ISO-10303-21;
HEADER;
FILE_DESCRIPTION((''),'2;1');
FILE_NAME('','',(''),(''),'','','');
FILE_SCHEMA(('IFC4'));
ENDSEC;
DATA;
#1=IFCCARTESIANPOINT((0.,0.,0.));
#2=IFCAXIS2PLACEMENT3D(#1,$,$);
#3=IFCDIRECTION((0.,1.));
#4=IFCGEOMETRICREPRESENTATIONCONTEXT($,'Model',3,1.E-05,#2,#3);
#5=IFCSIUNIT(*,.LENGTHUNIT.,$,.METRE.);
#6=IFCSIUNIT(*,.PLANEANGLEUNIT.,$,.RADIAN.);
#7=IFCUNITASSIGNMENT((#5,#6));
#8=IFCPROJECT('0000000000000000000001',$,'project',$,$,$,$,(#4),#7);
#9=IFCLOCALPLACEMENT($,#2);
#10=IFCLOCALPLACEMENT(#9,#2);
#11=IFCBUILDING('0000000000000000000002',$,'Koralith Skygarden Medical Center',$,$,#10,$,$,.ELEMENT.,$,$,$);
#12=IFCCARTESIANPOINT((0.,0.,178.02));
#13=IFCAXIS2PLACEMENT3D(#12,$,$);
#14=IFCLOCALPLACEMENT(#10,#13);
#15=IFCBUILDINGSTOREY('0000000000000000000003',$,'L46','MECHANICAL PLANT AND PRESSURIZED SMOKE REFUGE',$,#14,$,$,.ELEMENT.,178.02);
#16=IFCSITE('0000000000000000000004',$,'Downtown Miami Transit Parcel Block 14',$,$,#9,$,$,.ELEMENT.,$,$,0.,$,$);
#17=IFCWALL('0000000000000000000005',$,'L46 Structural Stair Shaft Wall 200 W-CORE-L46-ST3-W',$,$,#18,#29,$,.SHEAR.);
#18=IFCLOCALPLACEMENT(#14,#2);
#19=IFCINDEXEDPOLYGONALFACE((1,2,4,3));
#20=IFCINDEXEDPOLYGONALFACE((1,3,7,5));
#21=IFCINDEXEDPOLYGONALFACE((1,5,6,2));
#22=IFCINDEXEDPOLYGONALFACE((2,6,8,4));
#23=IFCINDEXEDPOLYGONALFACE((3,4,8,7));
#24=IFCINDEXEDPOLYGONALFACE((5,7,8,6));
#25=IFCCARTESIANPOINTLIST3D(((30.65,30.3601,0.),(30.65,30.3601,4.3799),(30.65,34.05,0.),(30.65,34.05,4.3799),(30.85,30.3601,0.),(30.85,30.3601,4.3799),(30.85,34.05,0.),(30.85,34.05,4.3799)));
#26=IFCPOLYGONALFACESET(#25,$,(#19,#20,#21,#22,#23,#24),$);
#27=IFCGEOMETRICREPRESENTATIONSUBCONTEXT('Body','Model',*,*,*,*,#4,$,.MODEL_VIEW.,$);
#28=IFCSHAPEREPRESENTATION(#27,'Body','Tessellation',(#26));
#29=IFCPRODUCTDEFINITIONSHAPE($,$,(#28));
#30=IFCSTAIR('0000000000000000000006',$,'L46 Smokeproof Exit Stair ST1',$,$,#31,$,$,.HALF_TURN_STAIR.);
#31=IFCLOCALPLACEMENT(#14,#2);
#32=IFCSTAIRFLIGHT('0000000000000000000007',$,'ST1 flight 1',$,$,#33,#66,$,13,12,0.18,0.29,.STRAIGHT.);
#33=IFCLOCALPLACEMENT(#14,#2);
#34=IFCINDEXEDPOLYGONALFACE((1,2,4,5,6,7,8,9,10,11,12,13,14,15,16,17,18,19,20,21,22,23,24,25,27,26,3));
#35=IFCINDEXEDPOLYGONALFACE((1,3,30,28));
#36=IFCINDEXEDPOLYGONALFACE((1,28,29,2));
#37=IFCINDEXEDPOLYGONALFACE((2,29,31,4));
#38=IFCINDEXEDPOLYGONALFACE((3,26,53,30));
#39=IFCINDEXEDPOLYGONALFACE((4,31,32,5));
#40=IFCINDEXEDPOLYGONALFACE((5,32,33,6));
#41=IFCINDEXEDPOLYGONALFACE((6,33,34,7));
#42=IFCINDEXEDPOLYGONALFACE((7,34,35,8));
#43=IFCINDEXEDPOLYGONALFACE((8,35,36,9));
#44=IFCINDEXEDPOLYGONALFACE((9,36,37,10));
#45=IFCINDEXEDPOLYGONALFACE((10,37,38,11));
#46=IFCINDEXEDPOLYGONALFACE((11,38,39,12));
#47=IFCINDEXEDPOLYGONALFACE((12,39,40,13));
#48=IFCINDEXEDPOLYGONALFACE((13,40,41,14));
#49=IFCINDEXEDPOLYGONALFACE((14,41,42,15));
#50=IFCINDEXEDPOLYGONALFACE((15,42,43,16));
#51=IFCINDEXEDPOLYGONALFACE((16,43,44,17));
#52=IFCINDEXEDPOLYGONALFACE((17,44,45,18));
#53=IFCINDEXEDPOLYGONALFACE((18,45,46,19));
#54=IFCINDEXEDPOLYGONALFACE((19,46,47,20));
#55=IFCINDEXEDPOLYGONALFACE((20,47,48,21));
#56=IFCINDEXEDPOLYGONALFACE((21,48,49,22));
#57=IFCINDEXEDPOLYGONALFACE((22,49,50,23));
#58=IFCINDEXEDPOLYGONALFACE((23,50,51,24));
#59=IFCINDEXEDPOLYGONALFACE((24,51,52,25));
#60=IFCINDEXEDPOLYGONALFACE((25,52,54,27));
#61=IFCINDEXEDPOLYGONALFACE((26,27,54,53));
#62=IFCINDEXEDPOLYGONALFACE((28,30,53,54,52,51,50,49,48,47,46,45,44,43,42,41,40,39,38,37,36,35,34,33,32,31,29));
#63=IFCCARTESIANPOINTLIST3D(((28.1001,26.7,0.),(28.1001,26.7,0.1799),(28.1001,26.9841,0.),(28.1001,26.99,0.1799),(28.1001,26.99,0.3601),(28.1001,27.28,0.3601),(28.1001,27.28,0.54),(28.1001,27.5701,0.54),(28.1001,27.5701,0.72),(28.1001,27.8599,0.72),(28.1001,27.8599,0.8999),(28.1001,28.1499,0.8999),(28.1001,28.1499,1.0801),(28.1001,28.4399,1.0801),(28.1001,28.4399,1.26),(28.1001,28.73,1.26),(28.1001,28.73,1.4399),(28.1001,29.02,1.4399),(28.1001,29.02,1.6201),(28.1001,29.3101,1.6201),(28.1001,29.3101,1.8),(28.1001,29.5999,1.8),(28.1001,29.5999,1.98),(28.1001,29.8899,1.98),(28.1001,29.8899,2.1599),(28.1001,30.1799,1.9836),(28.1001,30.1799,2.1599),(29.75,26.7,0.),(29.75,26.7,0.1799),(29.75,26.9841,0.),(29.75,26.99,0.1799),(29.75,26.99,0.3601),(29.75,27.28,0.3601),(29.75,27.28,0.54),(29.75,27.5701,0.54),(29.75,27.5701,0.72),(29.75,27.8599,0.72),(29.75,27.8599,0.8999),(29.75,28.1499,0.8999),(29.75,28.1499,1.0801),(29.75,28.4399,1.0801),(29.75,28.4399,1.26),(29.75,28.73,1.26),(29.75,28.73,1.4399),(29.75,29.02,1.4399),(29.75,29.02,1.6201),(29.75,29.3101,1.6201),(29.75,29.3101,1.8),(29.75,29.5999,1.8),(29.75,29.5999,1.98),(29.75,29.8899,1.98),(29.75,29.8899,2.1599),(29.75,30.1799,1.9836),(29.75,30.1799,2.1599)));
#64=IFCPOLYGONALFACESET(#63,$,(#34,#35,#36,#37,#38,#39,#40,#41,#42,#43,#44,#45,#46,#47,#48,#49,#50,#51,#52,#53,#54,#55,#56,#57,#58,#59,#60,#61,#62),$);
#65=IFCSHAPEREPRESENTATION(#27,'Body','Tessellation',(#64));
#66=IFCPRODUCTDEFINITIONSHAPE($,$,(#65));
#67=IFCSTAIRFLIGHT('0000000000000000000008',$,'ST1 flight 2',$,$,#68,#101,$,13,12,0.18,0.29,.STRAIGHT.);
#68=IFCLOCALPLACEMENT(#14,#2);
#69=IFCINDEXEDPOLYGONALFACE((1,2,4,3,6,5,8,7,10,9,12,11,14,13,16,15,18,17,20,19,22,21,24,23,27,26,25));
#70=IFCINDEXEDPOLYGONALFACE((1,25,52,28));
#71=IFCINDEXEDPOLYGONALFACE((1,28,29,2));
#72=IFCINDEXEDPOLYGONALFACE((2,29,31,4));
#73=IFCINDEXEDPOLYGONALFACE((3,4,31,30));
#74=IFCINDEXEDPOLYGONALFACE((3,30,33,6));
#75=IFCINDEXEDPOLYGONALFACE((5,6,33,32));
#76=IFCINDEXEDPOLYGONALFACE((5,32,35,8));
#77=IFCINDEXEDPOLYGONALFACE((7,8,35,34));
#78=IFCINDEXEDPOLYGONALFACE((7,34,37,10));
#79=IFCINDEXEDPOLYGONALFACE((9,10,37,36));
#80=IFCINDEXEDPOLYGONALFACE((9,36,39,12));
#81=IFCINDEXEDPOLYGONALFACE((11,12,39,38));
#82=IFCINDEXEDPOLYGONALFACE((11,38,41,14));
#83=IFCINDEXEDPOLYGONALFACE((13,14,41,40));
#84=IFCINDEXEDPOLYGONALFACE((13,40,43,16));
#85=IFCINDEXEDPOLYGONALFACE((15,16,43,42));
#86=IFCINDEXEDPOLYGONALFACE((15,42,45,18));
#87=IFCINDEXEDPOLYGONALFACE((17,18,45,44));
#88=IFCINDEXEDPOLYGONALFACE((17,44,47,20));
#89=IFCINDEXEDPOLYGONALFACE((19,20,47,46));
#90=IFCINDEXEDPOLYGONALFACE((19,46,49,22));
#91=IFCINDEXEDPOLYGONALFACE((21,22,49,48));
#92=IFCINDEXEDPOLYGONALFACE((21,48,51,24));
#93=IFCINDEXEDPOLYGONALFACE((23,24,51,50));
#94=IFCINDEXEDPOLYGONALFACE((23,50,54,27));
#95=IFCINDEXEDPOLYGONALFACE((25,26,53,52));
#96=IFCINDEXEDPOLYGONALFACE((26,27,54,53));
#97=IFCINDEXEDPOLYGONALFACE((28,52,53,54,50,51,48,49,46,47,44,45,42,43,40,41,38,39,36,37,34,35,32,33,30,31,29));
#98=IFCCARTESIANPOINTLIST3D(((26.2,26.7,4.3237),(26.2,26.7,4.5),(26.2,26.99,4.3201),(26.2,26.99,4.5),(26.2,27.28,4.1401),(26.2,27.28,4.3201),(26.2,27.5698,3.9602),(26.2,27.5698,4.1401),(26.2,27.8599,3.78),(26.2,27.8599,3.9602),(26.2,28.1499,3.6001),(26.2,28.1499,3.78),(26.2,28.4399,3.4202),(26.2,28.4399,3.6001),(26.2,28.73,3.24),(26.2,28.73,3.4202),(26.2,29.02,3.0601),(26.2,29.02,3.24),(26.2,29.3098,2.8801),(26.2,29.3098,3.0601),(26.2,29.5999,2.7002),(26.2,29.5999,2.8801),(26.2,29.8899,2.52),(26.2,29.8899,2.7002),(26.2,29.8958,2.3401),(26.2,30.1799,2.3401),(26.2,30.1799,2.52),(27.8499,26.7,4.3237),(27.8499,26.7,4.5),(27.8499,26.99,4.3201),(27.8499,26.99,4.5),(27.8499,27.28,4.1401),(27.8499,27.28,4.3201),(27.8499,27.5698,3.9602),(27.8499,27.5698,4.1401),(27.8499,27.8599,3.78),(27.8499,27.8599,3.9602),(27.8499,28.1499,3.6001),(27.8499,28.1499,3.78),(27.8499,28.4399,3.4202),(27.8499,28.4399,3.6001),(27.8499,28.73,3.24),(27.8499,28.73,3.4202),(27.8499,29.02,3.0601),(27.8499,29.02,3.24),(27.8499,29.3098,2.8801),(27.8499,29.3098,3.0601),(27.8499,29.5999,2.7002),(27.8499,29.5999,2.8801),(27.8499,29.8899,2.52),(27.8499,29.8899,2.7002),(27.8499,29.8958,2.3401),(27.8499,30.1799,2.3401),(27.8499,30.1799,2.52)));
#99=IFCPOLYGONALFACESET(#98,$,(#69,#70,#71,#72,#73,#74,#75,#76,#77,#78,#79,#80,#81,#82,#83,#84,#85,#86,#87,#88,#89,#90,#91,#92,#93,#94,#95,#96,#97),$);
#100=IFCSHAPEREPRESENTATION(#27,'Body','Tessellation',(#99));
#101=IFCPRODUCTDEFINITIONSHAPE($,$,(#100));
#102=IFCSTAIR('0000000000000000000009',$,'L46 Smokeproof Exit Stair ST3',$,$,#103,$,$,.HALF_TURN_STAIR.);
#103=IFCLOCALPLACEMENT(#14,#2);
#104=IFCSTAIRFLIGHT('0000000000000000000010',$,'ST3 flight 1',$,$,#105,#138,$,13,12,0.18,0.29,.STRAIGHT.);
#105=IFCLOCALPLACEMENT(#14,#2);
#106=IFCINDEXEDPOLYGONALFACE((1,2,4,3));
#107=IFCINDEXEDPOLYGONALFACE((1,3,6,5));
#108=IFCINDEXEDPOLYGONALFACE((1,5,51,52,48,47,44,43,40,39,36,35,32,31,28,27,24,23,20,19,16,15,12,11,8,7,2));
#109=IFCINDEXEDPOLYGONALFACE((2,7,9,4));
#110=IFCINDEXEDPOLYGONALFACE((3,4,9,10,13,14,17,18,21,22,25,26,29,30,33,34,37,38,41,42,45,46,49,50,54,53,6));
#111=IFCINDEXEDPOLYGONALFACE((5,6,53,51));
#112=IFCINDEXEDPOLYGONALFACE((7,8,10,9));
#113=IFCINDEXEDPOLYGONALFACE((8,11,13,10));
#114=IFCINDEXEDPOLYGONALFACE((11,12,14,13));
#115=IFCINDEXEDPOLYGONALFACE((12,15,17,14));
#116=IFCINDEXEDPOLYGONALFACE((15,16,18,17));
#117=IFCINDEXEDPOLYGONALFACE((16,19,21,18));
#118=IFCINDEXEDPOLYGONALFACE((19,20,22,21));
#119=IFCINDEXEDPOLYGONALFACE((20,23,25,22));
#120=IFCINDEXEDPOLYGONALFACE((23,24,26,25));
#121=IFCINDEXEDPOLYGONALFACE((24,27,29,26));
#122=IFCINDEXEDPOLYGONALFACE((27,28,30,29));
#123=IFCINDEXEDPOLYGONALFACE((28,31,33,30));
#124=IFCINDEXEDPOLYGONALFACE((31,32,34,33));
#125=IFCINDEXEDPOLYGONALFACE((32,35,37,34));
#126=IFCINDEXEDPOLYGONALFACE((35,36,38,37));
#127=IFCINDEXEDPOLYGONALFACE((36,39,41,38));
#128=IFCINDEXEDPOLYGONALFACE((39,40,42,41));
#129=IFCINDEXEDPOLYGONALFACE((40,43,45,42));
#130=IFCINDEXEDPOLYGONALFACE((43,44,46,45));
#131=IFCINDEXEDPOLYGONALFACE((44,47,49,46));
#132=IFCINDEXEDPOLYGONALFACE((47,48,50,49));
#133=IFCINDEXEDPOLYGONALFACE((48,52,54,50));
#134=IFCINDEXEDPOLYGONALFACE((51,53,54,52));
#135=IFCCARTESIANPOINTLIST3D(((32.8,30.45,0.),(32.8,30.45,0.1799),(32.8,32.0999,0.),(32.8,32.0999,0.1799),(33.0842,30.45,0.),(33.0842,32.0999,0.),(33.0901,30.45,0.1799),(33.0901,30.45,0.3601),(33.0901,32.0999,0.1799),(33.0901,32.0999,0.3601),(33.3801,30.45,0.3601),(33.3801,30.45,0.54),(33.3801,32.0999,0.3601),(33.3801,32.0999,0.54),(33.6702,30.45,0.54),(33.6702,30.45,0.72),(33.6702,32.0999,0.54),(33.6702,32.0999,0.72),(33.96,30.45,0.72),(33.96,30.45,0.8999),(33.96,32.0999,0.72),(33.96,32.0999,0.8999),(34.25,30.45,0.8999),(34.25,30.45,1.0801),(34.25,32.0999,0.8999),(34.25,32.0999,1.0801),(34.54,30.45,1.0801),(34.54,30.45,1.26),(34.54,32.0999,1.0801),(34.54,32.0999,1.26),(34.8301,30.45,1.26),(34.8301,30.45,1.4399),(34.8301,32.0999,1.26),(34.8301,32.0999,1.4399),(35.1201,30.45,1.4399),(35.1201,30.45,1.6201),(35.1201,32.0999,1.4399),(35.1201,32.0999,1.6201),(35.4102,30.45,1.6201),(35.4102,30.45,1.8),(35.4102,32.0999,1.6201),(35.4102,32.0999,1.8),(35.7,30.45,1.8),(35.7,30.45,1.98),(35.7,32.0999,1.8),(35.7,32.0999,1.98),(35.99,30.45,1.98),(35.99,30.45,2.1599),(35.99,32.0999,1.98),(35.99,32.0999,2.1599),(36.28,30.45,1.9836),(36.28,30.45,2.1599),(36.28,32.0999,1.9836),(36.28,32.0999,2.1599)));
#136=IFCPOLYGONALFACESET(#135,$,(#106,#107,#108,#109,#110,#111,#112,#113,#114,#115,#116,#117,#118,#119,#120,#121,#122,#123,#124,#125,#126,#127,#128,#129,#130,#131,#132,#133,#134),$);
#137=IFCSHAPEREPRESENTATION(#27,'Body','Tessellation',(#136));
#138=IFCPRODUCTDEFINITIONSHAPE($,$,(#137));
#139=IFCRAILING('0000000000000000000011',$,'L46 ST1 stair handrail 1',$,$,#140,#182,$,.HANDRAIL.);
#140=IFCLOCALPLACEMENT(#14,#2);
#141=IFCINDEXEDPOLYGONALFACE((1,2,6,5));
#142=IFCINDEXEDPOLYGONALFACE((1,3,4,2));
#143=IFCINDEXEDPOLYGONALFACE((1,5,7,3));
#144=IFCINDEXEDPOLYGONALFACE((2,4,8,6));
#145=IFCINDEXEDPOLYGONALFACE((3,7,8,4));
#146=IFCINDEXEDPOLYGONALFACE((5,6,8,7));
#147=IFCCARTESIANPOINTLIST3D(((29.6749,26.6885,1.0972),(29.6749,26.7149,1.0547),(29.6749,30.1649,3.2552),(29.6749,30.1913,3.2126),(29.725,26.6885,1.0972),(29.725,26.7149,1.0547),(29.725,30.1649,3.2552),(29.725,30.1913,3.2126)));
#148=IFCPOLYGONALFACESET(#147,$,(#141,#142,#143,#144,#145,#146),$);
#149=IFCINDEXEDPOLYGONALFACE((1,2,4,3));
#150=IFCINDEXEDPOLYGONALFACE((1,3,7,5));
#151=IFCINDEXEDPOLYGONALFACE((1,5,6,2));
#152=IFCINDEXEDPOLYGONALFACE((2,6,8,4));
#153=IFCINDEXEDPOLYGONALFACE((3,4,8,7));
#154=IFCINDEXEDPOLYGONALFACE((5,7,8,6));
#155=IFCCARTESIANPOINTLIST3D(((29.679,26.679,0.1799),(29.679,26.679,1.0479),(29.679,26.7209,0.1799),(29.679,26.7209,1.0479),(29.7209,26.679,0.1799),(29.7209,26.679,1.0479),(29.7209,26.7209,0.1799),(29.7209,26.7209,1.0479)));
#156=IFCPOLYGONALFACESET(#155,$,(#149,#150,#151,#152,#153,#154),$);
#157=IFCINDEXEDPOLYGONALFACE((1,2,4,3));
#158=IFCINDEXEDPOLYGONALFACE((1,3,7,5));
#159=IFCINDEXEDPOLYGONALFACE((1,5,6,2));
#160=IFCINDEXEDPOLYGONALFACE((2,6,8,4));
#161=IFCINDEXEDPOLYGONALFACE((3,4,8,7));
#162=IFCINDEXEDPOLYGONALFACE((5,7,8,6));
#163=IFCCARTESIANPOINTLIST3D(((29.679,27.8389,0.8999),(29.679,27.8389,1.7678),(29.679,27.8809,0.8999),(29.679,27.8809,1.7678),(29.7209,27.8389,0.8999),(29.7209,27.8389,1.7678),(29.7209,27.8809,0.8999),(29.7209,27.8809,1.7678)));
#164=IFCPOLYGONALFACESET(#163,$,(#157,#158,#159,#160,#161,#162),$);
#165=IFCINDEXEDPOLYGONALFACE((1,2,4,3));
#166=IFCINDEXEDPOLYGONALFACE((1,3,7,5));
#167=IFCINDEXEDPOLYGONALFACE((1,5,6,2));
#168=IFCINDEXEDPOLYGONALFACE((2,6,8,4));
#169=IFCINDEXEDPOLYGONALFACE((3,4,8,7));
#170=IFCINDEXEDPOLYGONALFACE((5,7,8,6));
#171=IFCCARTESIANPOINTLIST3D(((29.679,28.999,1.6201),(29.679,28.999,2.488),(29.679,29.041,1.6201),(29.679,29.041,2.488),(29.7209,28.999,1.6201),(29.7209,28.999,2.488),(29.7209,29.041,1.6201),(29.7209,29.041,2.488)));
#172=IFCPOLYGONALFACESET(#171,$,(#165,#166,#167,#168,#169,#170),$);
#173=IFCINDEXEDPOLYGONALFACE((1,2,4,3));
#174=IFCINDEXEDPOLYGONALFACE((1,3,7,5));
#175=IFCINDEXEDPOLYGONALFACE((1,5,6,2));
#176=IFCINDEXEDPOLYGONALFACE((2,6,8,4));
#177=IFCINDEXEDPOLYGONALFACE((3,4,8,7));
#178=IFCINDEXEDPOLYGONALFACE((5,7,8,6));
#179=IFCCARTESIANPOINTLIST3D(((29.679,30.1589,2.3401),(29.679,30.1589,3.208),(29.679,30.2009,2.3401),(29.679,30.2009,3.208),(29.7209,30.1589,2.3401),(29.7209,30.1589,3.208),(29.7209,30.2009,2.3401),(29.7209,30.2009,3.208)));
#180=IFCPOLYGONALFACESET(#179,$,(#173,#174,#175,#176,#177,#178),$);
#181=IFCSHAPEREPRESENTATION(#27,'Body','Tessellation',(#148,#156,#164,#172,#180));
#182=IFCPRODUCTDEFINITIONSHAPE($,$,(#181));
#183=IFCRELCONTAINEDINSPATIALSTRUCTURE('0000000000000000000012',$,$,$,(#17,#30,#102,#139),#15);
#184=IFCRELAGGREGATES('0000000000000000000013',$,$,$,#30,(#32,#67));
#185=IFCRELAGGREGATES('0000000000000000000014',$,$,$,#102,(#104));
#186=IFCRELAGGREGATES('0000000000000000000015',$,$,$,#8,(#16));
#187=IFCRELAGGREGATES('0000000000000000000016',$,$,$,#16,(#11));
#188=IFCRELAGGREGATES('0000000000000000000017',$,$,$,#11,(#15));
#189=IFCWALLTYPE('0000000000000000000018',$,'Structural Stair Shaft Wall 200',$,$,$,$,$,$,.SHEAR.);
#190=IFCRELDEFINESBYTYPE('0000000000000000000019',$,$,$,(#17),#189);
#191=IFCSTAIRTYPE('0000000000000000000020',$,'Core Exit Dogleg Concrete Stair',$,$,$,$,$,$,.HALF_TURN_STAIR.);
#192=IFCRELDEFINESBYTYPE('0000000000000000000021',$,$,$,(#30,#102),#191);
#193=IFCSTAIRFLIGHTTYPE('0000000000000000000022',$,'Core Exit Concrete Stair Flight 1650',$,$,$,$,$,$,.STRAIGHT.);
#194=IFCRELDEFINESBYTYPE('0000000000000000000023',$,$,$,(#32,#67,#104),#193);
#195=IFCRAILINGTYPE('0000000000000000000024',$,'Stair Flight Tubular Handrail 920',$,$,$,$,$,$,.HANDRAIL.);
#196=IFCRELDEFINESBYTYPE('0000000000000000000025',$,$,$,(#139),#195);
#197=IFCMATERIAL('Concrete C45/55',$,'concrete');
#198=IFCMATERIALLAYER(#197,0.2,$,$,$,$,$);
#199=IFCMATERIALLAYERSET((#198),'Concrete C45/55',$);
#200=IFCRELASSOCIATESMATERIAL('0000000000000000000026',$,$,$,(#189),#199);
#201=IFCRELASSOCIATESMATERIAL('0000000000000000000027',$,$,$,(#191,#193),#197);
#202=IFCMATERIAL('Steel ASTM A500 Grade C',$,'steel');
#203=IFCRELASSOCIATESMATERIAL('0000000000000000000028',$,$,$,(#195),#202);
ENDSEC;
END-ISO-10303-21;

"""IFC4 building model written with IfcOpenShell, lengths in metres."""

from ifc_helpers import new_model, si_unit, direction, frame, frame_2d, origin, origin_2d, place, context, subcontext, project, spatial, polyline, rectangle, outline, extrude, material, layer, layer_set, type_object, element, aggregate, save


model = new_model("IFC4")

# Units and contexts
model_context = context("Model", 3, precision=1e-05, world=origin(), true_north=direction((0.0, 1.0)))
body_context = subcontext(model_context, "Body", "Model", "MODEL_VIEW")
ifc_project = project(units=[si_unit("LENGTHUNIT", "METRE"), si_unit("PLANEANGLEUNIT", "RADIAN")], contexts=[model_context])

# Site, building, storey
site_placement = place(None, origin())
site = spatial("IfcSite", under=ifc_project, at=site_placement, Name="Downtown Miami Transit Parcel Block 14", CompositionType="ELEMENT", RefElevation=0.0)
building_placement = place(site_placement, origin())
building = spatial("IfcBuilding", under=site, at=building_placement, Name="Koralith Skygarden Medical Center", CompositionType="ELEMENT")
storey_placement = place(building_placement, frame((0.0, 0.0, 178.02)))
storey = spatial("IfcBuildingStorey", under=building, at=storey_placement, Name="L46", Description="MECHANICAL PLANT AND PRESSURIZED SMOKE REFUGE", CompositionType="ELEMENT", Elevation=178.02)

# Shared definitions
ifc_material_1 = material(Name="Steel ASTM A500 Grade C", Category="steel")

# Shared definitions
ifc_material_2 = material(Name="Concrete C45/55", Category="concrete")

# Wall
ifc_layer_1 = layer(ifc_material_2, 0.2)
ifc_layer_set_1 = layer_set([ifc_layer_1], Name="Concrete C45/55")
wall_type_1 = type_object("IfcWallType", Name="Structural Stair Shaft Wall 200", PredefinedType="SHEAR", material=ifc_layer_set_1)
wall_1_placement = place(storey_placement, frame((30.75, 30.3601, 0.0), z_axis=(0.0, 0.0, 1.0), x_axis=(0.0, 1.0, 0.0)))
element("IfcWall", 1, at=wall_1_placement, inside=storey, type_object=wall_type_1, Name="L46 Structural Stair Shaft Wall 200 W-CORE-L46-ST3-W", PredefinedType="SHEAR", context=body_context, shape_type="SweptSolid", body=[
    extrude(rectangle(XDim=3.6899, YDim=0.2, at=frame_2d((1.845, 0.0))), origin(), (0.0, 0.0, 1.0), 4.3799),
])

# Stair, stair flights
stair_type = type_object("IfcStairType", Name="Core Exit Dogleg Concrete Stair", PredefinedType="HALF_TURN_STAIR", material=ifc_material_2)
stair_1_placement = place(storey_placement, origin())
stair_1 = element("IfcStair", 2, at=stair_1_placement, inside=storey, type_object=stair_type, Name="L46 Smokeproof Exit Stair ST1", PredefinedType="HALF_TURN_STAIR")
stair_flight_type = type_object("IfcStairFlightType", Name="Core Exit Concrete Stair Flight 1650", PredefinedType="STRAIGHT", material=ifc_material_2)
stair_flight_1_placement = place(storey_placement, frame((28.925, 26.7, 0.0), z_axis=(0.0, 0.0, 1.0), x_axis=(0.0, 1.0, 0.0)))
stair_flight_1 = element("IfcStairFlight", 3, at=stair_flight_1_placement, type_object=stair_flight_type, Name="ST1 flight 1", NumberOfRisers=13, NumberOfTreads=12, PredefinedType="STRAIGHT", RiserHeight=0.18, TreadLength=0.29, context=body_context, shape_type="SweptSolid", body=[
    extrude(outline(polyline([(0.0, 0.0), (0.0, 0.1799), (0.29, 0.1799), (0.29, 0.3601), (0.5801, 0.3601), (0.5801, 0.54), (0.8701, 0.54), (0.8701, 0.72), (1.1599, 0.72), (1.1599, 0.8999), (1.45, 0.8999), (1.45, 1.0801), (1.74, 1.0801), (1.74, 1.26), (2.03, 1.26), (2.03, 1.4399), (2.3201, 1.4399), (2.3201, 1.6201), (2.6101, 1.6201), (2.6101, 1.8), (2.8999, 1.8), (2.8999, 1.98), (3.1899, 1.98), (3.1899, 2.1599), (3.48, 2.1599), (3.48, 2.3401), (3.48, 1.9836), (0.2842, 0.0), (0.0, 0.0)])), frame((0.0, 0.825, 0.0), z_axis=(0.0, -1.0, 0.0), x_axis=(1.0, 0.0, 0.0)), (0.0, 0.0, 1.0), 1.6499),
])
stair_flight_2_placement = place(storey_placement, frame((27.0249, 30.1799, 2.3401), z_axis=(0.0, 0.0, 1.0), x_axis=(0.0, -1.0, 0.0)))
stair_flight_2 = element("IfcStairFlight", 4, at=stair_flight_2_placement, type_object=stair_flight_type, Name="ST1 flight 2", NumberOfRisers=13, NumberOfTreads=12, PredefinedType="STRAIGHT", RiserHeight=0.18, TreadLength=0.29, context=body_context, shape_type="SweptSolid", body=[
    extrude(outline(polyline([(0.0, 0.0), (0.0, 0.1799), (0.29, 0.1799), (0.29, 0.3601), (0.5801, 0.3601), (0.5801, 0.54), (0.8701, 0.54), (0.8701, 0.72), (1.1599, 0.72), (1.1599, 0.8999), (1.45, 0.8999), (1.45, 1.0801), (1.74, 1.0801), (1.74, 1.26), (2.03, 1.26), (2.03, 1.4399), (2.3201, 1.4399), (2.3201, 1.6201), (2.6101, 1.6201), (2.6101, 1.8), (2.8999, 1.8), (2.8999, 1.98), (3.1899, 1.98), (3.1899, 2.1599), (3.48, 2.1599), (3.48, 2.3401), (3.48, 1.9836), (0.2842, 0.0), (0.0, 0.0)])), frame((0.0, 0.825, 0.0), z_axis=(0.0, -1.0, 0.0), x_axis=(1.0, 0.0, 0.0)), (0.0, 0.0, 1.0), 1.6499),
])
aggregate(stair_1, [stair_flight_1, stair_flight_2])

# Stair, stair flight
stair_2_placement = place(storey_placement, origin())
stair_2 = element("IfcStair", 5, at=stair_2_placement, inside=storey, type_object=stair_type, Name="L46 Smokeproof Exit Stair ST3", PredefinedType="HALF_TURN_STAIR")
stair_flight_3_placement = place(storey_placement, frame((32.8, 31.2749, 0.0), z_axis=(0.0, 0.0, 1.0), x_axis=(1.0, 0.0, 0.0)))
stair_flight_3 = element("IfcStairFlight", 6, at=stair_flight_3_placement, type_object=stair_flight_type, Name="ST3 flight 1", NumberOfRisers=13, NumberOfTreads=12, PredefinedType="STRAIGHT", RiserHeight=0.18, TreadLength=0.29, context=body_context, shape_type="SweptSolid", body=[
    extrude(outline(polyline([(0.0, 0.0), (0.0, 0.1799), (0.29, 0.1799), (0.29, 0.3601), (0.5801, 0.3601), (0.5801, 0.54), (0.8701, 0.54), (0.8701, 0.72), (1.1599, 0.72), (1.1599, 0.8999), (1.45, 0.8999), (1.45, 1.0801), (1.74, 1.0801), (1.74, 1.26), (2.03, 1.26), (2.03, 1.4399), (2.3201, 1.4399), (2.3201, 1.6201), (2.6101, 1.6201), (2.6101, 1.8), (2.8999, 1.8), (2.8999, 1.98), (3.1899, 1.98), (3.1899, 2.1599), (3.48, 2.1599), (3.48, 2.3401), (3.48, 1.9836), (0.2842, 0.0), (0.0, 0.0)])), frame((0.0, 0.825, 0.0), z_axis=(0.0, -1.0, 0.0), x_axis=(1.0, 0.0, 0.0)), (0.0, 0.0, 1.0), 1.6499),
])
aggregate(stair_2, [stair_flight_3])

# Railing
railing_type_1 = type_object("IfcRailingType", Name="Stair Flight Tubular Handrail 920", PredefinedType="HANDRAIL", material=ifc_material_1)
railing_1_placement = place(storey_placement, frame((29.7, 26.7, 0.1799)))
element("IfcRailing", 7, at=railing_1_placement, inside=storey, type_object=railing_type_1, Name="L46 ST1 stair handrail 1", PredefinedType="HANDRAIL", context=body_context, shape_type="SweptSolid", body=[
    extrude(rectangle(XDim=0.05, YDim=0.05, at=origin_2d()), frame((0.0, 0.0017, 0.896), z_axis=(0.0, 0.849622, 0.527393), x_axis=(-1.0, 0.0, 0.0)), (0.0, 0.0, 1.0), 4.0918),
    extrude(rectangle(XDim=0.042, YDim=0.042, at=origin_2d()), origin(), (0.0, 0.0, 1.0), 0.8679),
    extrude(rectangle(XDim=0.042, YDim=0.042, at=origin_2d()), frame((0.0, 1.1599, 0.72)), (0.0, 0.0, 1.0), 0.8679),
    extrude(rectangle(XDim=0.042, YDim=0.042, at=origin_2d()), frame((0.0, 2.3201, 1.4402)), (0.0, 0.0, 1.0), 0.8679),
    extrude(rectangle(XDim=0.042, YDim=0.042, at=origin_2d()), frame((0.0, 3.48, 2.1602)), (0.0, 0.0, 1.0), 0.8679),
])

save(model, "model.ifc")
